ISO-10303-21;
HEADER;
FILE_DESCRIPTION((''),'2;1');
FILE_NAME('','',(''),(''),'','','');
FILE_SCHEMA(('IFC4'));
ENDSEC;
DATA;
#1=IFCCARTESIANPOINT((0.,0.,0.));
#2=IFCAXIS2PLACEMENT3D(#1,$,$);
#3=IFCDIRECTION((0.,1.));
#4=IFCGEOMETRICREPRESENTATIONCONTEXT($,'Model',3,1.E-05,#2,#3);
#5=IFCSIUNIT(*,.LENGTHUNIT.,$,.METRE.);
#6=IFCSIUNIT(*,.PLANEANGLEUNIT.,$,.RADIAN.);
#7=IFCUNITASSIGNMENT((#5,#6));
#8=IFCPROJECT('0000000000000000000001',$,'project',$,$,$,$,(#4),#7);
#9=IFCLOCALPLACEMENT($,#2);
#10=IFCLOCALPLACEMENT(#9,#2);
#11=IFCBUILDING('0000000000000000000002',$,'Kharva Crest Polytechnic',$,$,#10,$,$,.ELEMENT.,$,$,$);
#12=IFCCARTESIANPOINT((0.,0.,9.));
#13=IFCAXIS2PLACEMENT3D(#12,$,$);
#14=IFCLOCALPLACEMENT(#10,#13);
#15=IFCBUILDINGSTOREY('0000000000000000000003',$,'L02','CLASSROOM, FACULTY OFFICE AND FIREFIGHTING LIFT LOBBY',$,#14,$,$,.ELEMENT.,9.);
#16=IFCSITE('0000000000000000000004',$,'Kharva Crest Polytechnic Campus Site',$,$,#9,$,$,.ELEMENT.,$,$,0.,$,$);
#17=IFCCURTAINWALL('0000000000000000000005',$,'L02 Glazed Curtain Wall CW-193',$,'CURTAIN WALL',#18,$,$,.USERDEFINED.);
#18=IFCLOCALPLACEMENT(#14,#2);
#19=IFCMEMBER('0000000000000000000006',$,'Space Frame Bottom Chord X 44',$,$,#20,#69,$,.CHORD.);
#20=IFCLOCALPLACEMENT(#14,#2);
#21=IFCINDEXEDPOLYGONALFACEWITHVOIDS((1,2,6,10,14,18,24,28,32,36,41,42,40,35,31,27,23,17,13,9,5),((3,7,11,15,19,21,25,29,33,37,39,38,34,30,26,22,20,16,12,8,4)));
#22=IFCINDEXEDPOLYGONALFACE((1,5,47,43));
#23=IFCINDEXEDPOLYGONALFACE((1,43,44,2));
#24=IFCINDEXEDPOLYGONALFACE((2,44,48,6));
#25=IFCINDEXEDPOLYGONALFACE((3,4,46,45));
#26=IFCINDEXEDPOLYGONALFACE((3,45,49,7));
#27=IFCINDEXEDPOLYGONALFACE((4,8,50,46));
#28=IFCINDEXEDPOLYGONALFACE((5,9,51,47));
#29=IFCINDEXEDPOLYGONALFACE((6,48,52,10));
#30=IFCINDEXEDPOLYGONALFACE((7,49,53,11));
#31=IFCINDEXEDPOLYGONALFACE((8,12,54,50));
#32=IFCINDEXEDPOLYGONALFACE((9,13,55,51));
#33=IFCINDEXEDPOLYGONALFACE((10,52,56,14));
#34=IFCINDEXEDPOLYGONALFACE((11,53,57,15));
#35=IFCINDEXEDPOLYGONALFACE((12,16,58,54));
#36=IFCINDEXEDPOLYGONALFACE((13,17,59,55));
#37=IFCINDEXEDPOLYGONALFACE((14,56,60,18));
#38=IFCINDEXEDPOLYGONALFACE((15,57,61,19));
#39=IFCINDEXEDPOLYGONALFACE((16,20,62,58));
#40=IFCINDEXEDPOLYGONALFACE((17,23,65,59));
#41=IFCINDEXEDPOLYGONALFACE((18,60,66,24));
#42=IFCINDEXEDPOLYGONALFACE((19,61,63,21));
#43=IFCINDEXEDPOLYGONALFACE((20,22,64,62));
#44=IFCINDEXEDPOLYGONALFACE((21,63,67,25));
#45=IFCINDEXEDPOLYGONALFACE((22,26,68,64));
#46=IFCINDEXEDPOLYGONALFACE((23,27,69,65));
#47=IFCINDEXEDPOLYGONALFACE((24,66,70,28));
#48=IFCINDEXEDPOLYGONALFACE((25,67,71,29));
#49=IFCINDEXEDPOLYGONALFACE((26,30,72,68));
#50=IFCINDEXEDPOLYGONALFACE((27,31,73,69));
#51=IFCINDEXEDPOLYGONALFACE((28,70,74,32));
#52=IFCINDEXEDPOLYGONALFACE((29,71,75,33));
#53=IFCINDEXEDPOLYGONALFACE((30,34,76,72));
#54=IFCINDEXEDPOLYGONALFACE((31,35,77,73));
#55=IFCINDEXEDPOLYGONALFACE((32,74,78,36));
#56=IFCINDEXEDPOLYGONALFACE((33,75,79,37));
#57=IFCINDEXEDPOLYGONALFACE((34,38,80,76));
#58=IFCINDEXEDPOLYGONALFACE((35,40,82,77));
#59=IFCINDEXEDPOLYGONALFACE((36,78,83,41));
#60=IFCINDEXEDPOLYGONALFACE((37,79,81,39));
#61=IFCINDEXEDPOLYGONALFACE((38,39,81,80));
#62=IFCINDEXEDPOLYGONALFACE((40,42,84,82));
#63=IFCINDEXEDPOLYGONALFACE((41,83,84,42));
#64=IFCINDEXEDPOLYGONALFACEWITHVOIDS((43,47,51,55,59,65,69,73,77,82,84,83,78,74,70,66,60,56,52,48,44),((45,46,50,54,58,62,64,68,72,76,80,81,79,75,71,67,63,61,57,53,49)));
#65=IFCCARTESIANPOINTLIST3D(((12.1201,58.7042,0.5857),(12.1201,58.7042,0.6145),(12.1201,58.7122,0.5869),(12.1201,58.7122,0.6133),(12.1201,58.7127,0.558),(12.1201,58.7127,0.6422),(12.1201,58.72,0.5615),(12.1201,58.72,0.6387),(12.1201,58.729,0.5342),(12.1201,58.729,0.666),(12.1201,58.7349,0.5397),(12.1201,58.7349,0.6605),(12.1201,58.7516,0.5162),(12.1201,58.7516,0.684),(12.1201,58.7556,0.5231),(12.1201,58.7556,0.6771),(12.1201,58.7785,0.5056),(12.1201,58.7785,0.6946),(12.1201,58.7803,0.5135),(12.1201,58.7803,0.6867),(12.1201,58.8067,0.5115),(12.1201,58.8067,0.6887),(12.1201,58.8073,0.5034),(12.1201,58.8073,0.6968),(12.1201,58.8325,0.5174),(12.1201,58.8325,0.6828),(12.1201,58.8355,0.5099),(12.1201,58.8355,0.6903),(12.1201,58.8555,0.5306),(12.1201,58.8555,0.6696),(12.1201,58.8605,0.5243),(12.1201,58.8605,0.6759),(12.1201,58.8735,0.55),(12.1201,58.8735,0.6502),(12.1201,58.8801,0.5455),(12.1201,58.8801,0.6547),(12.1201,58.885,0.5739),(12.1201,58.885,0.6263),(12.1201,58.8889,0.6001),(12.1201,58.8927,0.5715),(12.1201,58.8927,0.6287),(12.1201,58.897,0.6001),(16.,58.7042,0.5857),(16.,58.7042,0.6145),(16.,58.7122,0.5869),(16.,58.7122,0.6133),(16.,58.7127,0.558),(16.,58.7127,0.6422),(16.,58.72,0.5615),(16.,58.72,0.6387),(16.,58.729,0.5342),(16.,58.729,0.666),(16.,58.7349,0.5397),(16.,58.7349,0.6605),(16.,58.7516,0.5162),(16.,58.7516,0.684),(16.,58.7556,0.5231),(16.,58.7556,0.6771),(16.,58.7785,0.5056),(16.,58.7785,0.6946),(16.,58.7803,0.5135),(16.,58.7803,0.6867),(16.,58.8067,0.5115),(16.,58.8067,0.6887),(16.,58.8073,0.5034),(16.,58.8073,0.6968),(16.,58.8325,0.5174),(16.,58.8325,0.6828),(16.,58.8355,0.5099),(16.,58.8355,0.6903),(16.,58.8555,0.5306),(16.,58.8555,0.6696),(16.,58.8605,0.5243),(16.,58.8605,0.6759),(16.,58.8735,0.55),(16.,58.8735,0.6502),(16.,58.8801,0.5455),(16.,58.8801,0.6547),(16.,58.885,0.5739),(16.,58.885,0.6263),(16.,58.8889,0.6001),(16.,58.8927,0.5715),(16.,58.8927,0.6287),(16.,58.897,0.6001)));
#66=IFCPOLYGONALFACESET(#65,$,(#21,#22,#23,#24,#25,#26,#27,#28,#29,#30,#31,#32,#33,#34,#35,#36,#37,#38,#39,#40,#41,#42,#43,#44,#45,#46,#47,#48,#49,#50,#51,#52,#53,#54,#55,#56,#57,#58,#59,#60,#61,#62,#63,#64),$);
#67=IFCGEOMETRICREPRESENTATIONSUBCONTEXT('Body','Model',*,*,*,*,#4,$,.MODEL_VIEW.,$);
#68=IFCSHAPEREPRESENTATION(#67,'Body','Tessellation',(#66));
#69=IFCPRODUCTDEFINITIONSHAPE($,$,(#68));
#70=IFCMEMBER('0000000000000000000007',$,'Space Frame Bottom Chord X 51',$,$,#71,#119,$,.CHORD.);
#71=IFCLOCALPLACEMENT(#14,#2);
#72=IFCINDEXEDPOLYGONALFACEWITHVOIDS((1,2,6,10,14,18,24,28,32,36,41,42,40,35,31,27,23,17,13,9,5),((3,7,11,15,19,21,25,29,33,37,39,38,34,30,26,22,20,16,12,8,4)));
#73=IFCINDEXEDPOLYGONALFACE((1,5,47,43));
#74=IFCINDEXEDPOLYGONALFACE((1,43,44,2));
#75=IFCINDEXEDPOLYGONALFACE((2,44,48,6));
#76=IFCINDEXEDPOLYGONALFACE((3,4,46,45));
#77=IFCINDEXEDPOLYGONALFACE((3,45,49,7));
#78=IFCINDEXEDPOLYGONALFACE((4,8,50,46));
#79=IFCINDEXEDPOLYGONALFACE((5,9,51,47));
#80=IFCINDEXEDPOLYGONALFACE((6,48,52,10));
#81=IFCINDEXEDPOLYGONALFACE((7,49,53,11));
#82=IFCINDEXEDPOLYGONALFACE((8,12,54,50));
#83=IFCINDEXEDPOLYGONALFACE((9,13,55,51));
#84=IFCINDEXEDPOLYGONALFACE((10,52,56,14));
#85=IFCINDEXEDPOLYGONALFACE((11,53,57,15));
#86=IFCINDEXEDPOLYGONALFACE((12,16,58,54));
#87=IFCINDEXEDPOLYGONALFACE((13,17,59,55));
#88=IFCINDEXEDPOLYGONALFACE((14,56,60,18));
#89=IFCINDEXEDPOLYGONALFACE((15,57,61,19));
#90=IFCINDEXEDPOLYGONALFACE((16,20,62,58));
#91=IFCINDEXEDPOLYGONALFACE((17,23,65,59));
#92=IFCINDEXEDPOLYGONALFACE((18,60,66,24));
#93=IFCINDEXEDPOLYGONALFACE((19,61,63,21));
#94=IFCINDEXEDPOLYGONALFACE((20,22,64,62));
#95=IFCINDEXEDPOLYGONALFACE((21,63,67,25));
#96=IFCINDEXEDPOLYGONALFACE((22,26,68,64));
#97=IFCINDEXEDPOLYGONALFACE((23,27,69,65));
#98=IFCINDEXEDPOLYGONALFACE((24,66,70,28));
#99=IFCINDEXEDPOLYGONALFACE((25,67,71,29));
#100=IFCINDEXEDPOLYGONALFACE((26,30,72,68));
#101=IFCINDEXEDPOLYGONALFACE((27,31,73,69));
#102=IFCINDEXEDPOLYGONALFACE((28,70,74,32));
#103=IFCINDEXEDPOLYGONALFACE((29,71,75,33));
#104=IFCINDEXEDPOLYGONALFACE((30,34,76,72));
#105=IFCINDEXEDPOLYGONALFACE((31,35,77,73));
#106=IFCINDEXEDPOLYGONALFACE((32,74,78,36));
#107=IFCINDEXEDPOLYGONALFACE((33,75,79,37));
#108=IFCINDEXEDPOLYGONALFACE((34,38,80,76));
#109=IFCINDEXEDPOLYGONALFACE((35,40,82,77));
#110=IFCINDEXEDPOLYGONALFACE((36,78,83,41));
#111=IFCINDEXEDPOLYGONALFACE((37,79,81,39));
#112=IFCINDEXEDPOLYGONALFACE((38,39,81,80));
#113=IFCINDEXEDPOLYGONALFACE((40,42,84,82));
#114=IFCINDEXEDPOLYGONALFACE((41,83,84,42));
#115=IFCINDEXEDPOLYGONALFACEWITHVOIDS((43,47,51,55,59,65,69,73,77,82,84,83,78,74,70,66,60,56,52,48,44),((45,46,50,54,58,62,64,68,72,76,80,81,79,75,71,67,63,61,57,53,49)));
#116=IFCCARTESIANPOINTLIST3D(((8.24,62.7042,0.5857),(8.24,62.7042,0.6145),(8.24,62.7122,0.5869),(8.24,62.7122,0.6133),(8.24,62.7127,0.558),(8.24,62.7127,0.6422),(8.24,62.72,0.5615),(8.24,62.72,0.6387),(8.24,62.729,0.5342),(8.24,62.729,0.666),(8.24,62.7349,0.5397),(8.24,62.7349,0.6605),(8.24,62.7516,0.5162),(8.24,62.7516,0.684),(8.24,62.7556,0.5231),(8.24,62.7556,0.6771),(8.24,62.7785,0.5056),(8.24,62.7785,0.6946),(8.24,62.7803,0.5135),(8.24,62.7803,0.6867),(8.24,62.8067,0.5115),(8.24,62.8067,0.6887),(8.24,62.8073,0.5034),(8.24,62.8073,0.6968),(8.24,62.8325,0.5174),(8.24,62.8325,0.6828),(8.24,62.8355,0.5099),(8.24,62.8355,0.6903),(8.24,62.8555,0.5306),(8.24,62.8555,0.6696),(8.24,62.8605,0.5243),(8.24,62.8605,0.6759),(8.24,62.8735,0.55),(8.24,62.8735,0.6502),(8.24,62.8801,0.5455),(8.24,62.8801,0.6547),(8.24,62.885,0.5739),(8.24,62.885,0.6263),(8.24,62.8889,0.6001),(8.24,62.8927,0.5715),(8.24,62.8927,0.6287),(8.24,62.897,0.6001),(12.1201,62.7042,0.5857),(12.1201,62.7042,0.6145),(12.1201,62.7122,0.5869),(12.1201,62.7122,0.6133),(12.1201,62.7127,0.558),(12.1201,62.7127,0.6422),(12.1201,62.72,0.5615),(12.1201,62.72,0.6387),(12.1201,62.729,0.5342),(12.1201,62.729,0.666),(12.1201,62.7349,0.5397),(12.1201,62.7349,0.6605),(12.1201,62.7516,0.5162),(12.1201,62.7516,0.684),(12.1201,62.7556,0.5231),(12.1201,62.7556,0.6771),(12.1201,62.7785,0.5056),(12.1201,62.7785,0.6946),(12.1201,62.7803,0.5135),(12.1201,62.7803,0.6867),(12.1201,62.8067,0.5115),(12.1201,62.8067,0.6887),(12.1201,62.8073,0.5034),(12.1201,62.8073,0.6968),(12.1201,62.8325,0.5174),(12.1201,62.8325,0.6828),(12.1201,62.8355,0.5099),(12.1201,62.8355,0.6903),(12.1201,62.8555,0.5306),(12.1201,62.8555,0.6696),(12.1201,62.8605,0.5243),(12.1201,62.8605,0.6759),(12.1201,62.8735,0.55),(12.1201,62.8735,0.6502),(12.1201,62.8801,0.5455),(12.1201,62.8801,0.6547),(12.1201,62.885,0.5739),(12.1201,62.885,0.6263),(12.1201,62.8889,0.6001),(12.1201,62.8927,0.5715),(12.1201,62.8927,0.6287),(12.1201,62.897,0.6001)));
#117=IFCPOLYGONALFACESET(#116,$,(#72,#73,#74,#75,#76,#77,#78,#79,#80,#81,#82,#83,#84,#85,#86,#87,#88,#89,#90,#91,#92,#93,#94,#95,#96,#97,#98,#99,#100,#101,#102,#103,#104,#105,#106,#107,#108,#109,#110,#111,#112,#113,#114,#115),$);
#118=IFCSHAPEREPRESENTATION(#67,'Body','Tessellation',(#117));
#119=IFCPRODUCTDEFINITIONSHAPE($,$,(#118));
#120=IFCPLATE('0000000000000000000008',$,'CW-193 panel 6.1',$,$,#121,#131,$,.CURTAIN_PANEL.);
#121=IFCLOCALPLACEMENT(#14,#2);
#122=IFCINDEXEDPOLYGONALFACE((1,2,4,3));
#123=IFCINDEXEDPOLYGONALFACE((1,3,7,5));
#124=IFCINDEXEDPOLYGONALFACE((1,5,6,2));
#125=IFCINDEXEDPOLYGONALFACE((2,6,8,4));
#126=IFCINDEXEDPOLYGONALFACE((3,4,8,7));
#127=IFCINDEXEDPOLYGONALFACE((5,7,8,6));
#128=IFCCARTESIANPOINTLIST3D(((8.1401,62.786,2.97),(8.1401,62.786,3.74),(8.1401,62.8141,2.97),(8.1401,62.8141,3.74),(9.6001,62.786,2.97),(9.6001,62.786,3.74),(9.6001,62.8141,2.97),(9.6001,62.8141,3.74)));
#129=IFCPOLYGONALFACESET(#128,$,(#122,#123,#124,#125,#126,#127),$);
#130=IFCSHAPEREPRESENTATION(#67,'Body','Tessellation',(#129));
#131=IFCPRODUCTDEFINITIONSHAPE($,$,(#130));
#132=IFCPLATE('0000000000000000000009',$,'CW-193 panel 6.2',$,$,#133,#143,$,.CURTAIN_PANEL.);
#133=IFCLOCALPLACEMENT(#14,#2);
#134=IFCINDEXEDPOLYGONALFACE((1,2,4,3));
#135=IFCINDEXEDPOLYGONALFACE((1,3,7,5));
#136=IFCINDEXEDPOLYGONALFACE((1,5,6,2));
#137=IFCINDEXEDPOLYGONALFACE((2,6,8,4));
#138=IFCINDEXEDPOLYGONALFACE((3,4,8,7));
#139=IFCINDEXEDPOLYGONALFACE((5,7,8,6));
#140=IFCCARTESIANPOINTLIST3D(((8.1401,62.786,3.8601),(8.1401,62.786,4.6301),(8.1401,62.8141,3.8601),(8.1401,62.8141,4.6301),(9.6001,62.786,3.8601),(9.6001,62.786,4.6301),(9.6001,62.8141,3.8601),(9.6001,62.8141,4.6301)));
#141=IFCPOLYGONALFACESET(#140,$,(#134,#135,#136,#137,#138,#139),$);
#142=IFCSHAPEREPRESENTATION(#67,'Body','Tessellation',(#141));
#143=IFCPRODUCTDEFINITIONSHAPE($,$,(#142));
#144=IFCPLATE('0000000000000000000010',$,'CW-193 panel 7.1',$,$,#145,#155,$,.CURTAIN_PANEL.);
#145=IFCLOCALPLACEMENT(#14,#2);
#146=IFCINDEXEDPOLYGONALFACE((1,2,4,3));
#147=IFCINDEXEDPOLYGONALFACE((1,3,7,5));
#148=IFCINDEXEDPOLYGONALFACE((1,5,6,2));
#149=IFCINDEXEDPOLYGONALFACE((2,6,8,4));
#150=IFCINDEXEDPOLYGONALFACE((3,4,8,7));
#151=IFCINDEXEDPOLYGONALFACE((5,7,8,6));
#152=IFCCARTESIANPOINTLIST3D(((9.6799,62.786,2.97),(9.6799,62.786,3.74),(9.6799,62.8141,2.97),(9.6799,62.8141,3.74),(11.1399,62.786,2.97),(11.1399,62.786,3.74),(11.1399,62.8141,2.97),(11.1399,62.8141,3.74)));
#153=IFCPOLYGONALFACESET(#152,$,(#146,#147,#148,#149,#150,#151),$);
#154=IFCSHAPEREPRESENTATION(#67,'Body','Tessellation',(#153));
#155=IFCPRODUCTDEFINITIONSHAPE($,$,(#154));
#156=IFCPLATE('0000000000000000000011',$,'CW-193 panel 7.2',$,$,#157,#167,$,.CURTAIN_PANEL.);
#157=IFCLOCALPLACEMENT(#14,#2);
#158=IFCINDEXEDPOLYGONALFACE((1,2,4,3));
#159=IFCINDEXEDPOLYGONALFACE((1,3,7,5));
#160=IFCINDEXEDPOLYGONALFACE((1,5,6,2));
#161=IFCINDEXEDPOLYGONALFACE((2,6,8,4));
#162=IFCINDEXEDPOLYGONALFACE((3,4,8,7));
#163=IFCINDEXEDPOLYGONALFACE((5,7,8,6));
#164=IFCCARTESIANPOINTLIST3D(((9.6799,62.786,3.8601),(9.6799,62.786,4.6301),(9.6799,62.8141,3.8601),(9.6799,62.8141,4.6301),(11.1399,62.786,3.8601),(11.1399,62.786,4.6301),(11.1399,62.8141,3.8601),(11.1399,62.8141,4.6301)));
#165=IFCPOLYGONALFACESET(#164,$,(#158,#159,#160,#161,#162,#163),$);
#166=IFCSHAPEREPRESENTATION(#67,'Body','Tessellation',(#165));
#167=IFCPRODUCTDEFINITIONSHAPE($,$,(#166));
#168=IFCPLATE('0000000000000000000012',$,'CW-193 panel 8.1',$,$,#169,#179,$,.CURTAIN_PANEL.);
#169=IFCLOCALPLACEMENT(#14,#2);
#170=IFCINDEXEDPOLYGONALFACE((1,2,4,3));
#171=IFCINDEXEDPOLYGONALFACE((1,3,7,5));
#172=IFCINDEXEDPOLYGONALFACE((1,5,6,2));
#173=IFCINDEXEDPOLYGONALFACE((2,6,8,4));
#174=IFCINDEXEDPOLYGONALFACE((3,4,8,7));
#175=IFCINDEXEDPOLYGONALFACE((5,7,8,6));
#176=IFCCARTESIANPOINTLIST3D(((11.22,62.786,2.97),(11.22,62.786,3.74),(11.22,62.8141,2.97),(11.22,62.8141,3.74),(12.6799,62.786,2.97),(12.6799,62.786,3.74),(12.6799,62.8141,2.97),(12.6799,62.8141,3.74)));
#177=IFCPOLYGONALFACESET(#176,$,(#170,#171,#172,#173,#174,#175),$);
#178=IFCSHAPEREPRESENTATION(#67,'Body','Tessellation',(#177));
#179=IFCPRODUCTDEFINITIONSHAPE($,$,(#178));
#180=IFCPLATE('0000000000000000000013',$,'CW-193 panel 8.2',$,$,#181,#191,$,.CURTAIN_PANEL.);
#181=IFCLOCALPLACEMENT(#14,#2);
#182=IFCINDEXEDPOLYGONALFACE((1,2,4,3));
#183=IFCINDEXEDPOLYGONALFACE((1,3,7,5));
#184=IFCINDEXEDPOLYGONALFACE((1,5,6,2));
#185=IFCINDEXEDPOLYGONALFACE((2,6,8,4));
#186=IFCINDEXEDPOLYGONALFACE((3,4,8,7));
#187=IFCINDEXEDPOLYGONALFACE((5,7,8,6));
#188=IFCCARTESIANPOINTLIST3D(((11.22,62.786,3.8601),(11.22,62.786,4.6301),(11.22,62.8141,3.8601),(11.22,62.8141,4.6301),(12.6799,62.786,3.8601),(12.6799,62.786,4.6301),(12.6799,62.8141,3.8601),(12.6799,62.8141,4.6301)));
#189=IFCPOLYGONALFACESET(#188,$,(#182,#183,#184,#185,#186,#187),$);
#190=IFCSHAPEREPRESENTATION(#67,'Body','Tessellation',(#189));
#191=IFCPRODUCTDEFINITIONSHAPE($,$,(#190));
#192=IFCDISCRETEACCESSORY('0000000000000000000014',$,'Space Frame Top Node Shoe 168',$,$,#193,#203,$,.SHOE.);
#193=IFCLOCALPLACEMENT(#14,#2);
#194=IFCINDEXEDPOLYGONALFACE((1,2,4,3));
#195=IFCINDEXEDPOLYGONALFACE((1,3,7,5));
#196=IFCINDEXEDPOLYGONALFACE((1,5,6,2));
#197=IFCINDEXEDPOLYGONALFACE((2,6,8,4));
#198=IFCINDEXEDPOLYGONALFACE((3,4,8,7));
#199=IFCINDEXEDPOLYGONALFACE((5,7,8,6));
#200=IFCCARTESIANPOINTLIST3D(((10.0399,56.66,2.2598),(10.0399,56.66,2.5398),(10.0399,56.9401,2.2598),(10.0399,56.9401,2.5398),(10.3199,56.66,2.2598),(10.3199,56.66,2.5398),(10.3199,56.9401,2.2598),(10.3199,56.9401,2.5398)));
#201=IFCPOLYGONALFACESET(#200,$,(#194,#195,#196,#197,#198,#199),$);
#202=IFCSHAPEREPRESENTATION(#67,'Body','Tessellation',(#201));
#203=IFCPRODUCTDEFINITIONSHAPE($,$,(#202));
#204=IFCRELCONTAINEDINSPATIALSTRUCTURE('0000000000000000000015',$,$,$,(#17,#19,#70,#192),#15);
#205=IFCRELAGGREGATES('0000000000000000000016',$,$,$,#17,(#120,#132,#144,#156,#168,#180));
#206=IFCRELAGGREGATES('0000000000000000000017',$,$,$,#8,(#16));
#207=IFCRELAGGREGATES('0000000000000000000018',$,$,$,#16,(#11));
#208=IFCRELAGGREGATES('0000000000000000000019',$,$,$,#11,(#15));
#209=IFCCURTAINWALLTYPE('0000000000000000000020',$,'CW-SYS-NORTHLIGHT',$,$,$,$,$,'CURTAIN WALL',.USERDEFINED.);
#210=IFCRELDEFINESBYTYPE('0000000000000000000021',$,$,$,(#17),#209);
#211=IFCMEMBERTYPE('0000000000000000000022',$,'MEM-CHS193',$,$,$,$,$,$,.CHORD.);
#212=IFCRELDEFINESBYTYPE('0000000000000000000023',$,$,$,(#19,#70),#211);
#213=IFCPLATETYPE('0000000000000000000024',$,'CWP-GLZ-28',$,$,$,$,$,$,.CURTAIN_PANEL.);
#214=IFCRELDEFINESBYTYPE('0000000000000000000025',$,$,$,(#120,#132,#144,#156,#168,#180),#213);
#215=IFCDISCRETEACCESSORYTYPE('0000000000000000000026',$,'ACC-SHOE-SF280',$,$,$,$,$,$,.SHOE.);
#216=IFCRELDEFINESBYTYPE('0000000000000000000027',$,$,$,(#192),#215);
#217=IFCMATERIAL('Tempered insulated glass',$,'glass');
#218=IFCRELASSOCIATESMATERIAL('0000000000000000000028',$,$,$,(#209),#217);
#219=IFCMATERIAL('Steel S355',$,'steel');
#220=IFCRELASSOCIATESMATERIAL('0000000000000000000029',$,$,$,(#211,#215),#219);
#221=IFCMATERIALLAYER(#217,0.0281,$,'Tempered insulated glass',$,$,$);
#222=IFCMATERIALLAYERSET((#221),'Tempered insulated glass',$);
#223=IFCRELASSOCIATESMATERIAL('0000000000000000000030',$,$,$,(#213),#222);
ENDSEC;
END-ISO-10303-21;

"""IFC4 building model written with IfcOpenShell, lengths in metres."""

from ifc_helpers import new_model, si_unit, direction, frame, origin, origin_2d, place, context, subcontext, project, spatial, rectangle, hollow_circle, extrude, material, layer, layer_set, material_profile, profile_set, type_object, element, aggregate, save


model = new_model("IFC4")

# Units and contexts
model_context = context("Model", 3, precision=1e-05, world=origin(), true_north=direction((0.0, 1.0)))
body_context = subcontext(model_context, "Body", "Model", "MODEL_VIEW")
ifc_project = project(units=[si_unit("LENGTHUNIT", "METRE"), si_unit("PLANEANGLEUNIT", "RADIAN")], contexts=[model_context])

# Site, building, storey
site_placement = place(None, origin())
site = spatial("IfcSite", under=ifc_project, at=site_placement, Name="Kharva Crest Polytechnic Campus Site", CompositionType="ELEMENT", RefElevation=0.0)
building_placement = place(site_placement, origin())
building = spatial("IfcBuilding", under=site, at=building_placement, Name="Kharva Crest Polytechnic", CompositionType="ELEMENT")
storey_placement = place(building_placement, frame((0.0, 0.0, 9.0)))
storey = spatial("IfcBuildingStorey", under=building, at=storey_placement, Name="L02", Description="CLASSROOM, FACULTY OFFICE AND FIREFIGHTING LIFT LOBBY", CompositionType="ELEMENT", Elevation=9.0)

# Curtain wall
ifc_material_1 = material(Name="Tempered insulated glass", Category="glass")
curtain_wall_type = type_object("IfcCurtainWallType", Name="CW-SYS-NORTHLIGHT", ElementType="CURTAIN WALL", PredefinedType="USERDEFINED", material=ifc_material_1)
curtain_wall_placement = place(storey_placement, origin())
curtain_wall = element("IfcCurtainWall", 1, at=curtain_wall_placement, inside=storey, type_object=curtain_wall_type, Name="L02 Glazed Curtain Wall CW-193", ObjectType="CURTAIN WALL", PredefinedType="USERDEFINED")
ifc_material_2 = material(Name="Steel S355", Category="steel")

# Members
ifc_material_profile_1 = material_profile(ifc_material_2, hollow_circle(Radius=0.0969, WallThickness=0.0081, at=origin_2d()), Name="CHS 193.7X8.0")
ifc_profile_set_1 = profile_set([ifc_material_profile_1], Name="Steel S355")
member_type_1 = type_object("IfcMemberType", Name="MEM-CHS193", PredefinedType="CHORD", material=ifc_profile_set_1)
member_1_placement = place(storey_placement, frame((12.1201, 58.8, 0.6001), z_axis=(1.0, 0.0, 0.0), x_axis=(0.0, 1.0, 0.0)))
element("IfcMember", 2, at=member_1_placement, inside=storey, type_object=member_type_1, Name="Space Frame Bottom Chord X 44", PredefinedType="CHORD", context=body_context, shape_type="SweptSolid", body=[
    extrude(hollow_circle(Radius=0.0969, WallThickness=0.0081, at=origin_2d()), origin(), (0.0, 0.0, 1.0), 3.8799),
])
member_2_placement = place(storey_placement, frame((8.24, 62.8, 0.6001), z_axis=(1.0, 0.0, 0.0), x_axis=(0.0, 1.0, 0.0)))
element("IfcMember", 3, at=member_2_placement, inside=storey, type_object=member_type_1, Name="Space Frame Bottom Chord X 51", PredefinedType="CHORD", context=body_context, shape_type="SweptSolid", body=[
    extrude(hollow_circle(Radius=0.0969, WallThickness=0.0081, at=origin_2d()), origin(), (0.0, 0.0, 1.0), 3.8801),
])

# Plates
ifc_layer = layer(ifc_material_1, 0.0281, Name="Tempered insulated glass")
ifc_layer_set = layer_set([ifc_layer], Name="Tempered insulated glass")
plate_type = type_object("IfcPlateType", Name="CWP-GLZ-28", PredefinedType="CURTAIN_PANEL", material=ifc_layer_set)
plate_1_placement = place(storey_placement, frame((8.8701, 62.8, 2.97), z_axis=(0.0, 0.0, 1.0), x_axis=(1.0, 0.0, 0.0)))
plate_1 = element("IfcPlate", 4, at=plate_1_placement, type_object=plate_type, Name="CW-193 panel 6.1", PredefinedType="CURTAIN_PANEL", context=body_context, shape_type="SweptSolid", body=[
    extrude(rectangle(XDim=1.46, YDim=0.0281, at=origin_2d()), origin(), (0.0, 0.0, 1.0), 0.77),
])
plate_2_placement = place(storey_placement, frame((8.8701, 62.8, 3.8601), z_axis=(0.0, 0.0, 1.0), x_axis=(1.0, 0.0, 0.0)))
plate_2 = element("IfcPlate", 5, at=plate_2_placement, type_object=plate_type, Name="CW-193 panel 6.2", PredefinedType="CURTAIN_PANEL", context=body_context, shape_type="SweptSolid", body=[
    extrude(rectangle(XDim=1.46, YDim=0.0281, at=origin_2d()), origin(), (0.0, 0.0, 1.0), 0.77),
])
plate_3_placement = place(storey_placement, frame((10.4099, 62.8, 2.97), z_axis=(0.0, 0.0, 1.0), x_axis=(1.0, 0.0, 0.0)))
plate_3 = element("IfcPlate", 6, at=plate_3_placement, type_object=plate_type, Name="CW-193 panel 7.1", PredefinedType="CURTAIN_PANEL", context=body_context, shape_type="SweptSolid", body=[
    extrude(rectangle(XDim=1.46, YDim=0.0281, at=origin_2d()), origin(), (0.0, 0.0, 1.0), 0.77),
])
plate_4_placement = place(storey_placement, frame((10.4099, 62.8, 3.8601), z_axis=(0.0, 0.0, 1.0), x_axis=(1.0, 0.0, 0.0)))
plate_4 = element("IfcPlate", 7, at=plate_4_placement, type_object=plate_type, Name="CW-193 panel 7.2", PredefinedType="CURTAIN_PANEL", context=body_context, shape_type="SweptSolid", body=[
    extrude(rectangle(XDim=1.46, YDim=0.0281, at=origin_2d()), origin(), (0.0, 0.0, 1.0), 0.77),
])
plate_5_placement = place(storey_placement, frame((11.95, 62.8, 2.97), z_axis=(0.0, 0.0, 1.0), x_axis=(1.0, 0.0, 0.0)))
plate_5 = element("IfcPlate", 8, at=plate_5_placement, type_object=plate_type, Name="CW-193 panel 8.1", PredefinedType="CURTAIN_PANEL", context=body_context, shape_type="SweptSolid", body=[
    extrude(rectangle(XDim=1.46, YDim=0.0281, at=origin_2d()), origin(), (0.0, 0.0, 1.0), 0.77),
])
plate_6_placement = place(storey_placement, frame((11.95, 62.8, 3.8601), z_axis=(0.0, 0.0, 1.0), x_axis=(1.0, 0.0, 0.0)))
plate_6 = element("IfcPlate", 9, at=plate_6_placement, type_object=plate_type, Name="CW-193 panel 8.2", PredefinedType="CURTAIN_PANEL", context=body_context, shape_type="SweptSolid", body=[
    extrude(rectangle(XDim=1.46, YDim=0.0281, at=origin_2d()), origin(), (0.0, 0.0, 1.0), 0.77),
])
aggregate(curtain_wall, [plate_1, plate_2, plate_3, plate_4, plate_5, plate_6])

# Discrete accessory
discrete_accessory_type_1 = type_object("IfcDiscreteAccessoryType", Name="ACC-SHOE-SF280", PredefinedType="SHOE", material=ifc_material_2)
for number, where, z_axis, x_axis, name in (
    (10, (10.1799, 56.8, 2.2598), (0.0, 0.0, 1.0), (1.0, 0.0, 0.0), "Space Frame Top Node Shoe 168"),
):
    element("IfcDiscreteAccessory", number, at=place(storey_placement, frame(where, z_axis=z_axis, x_axis=x_axis)), inside=storey, type_object=discrete_accessory_type_1, Name=name, PredefinedType="SHOE", context=body_context, shape_type="SweptSolid", body=[
        extrude(rectangle(XDim=0.28, YDim=0.28, at=origin_2d()), origin(), (0.0, 0.0, 1.0), 0.28),
    ])

save(model, "model.ifc")
